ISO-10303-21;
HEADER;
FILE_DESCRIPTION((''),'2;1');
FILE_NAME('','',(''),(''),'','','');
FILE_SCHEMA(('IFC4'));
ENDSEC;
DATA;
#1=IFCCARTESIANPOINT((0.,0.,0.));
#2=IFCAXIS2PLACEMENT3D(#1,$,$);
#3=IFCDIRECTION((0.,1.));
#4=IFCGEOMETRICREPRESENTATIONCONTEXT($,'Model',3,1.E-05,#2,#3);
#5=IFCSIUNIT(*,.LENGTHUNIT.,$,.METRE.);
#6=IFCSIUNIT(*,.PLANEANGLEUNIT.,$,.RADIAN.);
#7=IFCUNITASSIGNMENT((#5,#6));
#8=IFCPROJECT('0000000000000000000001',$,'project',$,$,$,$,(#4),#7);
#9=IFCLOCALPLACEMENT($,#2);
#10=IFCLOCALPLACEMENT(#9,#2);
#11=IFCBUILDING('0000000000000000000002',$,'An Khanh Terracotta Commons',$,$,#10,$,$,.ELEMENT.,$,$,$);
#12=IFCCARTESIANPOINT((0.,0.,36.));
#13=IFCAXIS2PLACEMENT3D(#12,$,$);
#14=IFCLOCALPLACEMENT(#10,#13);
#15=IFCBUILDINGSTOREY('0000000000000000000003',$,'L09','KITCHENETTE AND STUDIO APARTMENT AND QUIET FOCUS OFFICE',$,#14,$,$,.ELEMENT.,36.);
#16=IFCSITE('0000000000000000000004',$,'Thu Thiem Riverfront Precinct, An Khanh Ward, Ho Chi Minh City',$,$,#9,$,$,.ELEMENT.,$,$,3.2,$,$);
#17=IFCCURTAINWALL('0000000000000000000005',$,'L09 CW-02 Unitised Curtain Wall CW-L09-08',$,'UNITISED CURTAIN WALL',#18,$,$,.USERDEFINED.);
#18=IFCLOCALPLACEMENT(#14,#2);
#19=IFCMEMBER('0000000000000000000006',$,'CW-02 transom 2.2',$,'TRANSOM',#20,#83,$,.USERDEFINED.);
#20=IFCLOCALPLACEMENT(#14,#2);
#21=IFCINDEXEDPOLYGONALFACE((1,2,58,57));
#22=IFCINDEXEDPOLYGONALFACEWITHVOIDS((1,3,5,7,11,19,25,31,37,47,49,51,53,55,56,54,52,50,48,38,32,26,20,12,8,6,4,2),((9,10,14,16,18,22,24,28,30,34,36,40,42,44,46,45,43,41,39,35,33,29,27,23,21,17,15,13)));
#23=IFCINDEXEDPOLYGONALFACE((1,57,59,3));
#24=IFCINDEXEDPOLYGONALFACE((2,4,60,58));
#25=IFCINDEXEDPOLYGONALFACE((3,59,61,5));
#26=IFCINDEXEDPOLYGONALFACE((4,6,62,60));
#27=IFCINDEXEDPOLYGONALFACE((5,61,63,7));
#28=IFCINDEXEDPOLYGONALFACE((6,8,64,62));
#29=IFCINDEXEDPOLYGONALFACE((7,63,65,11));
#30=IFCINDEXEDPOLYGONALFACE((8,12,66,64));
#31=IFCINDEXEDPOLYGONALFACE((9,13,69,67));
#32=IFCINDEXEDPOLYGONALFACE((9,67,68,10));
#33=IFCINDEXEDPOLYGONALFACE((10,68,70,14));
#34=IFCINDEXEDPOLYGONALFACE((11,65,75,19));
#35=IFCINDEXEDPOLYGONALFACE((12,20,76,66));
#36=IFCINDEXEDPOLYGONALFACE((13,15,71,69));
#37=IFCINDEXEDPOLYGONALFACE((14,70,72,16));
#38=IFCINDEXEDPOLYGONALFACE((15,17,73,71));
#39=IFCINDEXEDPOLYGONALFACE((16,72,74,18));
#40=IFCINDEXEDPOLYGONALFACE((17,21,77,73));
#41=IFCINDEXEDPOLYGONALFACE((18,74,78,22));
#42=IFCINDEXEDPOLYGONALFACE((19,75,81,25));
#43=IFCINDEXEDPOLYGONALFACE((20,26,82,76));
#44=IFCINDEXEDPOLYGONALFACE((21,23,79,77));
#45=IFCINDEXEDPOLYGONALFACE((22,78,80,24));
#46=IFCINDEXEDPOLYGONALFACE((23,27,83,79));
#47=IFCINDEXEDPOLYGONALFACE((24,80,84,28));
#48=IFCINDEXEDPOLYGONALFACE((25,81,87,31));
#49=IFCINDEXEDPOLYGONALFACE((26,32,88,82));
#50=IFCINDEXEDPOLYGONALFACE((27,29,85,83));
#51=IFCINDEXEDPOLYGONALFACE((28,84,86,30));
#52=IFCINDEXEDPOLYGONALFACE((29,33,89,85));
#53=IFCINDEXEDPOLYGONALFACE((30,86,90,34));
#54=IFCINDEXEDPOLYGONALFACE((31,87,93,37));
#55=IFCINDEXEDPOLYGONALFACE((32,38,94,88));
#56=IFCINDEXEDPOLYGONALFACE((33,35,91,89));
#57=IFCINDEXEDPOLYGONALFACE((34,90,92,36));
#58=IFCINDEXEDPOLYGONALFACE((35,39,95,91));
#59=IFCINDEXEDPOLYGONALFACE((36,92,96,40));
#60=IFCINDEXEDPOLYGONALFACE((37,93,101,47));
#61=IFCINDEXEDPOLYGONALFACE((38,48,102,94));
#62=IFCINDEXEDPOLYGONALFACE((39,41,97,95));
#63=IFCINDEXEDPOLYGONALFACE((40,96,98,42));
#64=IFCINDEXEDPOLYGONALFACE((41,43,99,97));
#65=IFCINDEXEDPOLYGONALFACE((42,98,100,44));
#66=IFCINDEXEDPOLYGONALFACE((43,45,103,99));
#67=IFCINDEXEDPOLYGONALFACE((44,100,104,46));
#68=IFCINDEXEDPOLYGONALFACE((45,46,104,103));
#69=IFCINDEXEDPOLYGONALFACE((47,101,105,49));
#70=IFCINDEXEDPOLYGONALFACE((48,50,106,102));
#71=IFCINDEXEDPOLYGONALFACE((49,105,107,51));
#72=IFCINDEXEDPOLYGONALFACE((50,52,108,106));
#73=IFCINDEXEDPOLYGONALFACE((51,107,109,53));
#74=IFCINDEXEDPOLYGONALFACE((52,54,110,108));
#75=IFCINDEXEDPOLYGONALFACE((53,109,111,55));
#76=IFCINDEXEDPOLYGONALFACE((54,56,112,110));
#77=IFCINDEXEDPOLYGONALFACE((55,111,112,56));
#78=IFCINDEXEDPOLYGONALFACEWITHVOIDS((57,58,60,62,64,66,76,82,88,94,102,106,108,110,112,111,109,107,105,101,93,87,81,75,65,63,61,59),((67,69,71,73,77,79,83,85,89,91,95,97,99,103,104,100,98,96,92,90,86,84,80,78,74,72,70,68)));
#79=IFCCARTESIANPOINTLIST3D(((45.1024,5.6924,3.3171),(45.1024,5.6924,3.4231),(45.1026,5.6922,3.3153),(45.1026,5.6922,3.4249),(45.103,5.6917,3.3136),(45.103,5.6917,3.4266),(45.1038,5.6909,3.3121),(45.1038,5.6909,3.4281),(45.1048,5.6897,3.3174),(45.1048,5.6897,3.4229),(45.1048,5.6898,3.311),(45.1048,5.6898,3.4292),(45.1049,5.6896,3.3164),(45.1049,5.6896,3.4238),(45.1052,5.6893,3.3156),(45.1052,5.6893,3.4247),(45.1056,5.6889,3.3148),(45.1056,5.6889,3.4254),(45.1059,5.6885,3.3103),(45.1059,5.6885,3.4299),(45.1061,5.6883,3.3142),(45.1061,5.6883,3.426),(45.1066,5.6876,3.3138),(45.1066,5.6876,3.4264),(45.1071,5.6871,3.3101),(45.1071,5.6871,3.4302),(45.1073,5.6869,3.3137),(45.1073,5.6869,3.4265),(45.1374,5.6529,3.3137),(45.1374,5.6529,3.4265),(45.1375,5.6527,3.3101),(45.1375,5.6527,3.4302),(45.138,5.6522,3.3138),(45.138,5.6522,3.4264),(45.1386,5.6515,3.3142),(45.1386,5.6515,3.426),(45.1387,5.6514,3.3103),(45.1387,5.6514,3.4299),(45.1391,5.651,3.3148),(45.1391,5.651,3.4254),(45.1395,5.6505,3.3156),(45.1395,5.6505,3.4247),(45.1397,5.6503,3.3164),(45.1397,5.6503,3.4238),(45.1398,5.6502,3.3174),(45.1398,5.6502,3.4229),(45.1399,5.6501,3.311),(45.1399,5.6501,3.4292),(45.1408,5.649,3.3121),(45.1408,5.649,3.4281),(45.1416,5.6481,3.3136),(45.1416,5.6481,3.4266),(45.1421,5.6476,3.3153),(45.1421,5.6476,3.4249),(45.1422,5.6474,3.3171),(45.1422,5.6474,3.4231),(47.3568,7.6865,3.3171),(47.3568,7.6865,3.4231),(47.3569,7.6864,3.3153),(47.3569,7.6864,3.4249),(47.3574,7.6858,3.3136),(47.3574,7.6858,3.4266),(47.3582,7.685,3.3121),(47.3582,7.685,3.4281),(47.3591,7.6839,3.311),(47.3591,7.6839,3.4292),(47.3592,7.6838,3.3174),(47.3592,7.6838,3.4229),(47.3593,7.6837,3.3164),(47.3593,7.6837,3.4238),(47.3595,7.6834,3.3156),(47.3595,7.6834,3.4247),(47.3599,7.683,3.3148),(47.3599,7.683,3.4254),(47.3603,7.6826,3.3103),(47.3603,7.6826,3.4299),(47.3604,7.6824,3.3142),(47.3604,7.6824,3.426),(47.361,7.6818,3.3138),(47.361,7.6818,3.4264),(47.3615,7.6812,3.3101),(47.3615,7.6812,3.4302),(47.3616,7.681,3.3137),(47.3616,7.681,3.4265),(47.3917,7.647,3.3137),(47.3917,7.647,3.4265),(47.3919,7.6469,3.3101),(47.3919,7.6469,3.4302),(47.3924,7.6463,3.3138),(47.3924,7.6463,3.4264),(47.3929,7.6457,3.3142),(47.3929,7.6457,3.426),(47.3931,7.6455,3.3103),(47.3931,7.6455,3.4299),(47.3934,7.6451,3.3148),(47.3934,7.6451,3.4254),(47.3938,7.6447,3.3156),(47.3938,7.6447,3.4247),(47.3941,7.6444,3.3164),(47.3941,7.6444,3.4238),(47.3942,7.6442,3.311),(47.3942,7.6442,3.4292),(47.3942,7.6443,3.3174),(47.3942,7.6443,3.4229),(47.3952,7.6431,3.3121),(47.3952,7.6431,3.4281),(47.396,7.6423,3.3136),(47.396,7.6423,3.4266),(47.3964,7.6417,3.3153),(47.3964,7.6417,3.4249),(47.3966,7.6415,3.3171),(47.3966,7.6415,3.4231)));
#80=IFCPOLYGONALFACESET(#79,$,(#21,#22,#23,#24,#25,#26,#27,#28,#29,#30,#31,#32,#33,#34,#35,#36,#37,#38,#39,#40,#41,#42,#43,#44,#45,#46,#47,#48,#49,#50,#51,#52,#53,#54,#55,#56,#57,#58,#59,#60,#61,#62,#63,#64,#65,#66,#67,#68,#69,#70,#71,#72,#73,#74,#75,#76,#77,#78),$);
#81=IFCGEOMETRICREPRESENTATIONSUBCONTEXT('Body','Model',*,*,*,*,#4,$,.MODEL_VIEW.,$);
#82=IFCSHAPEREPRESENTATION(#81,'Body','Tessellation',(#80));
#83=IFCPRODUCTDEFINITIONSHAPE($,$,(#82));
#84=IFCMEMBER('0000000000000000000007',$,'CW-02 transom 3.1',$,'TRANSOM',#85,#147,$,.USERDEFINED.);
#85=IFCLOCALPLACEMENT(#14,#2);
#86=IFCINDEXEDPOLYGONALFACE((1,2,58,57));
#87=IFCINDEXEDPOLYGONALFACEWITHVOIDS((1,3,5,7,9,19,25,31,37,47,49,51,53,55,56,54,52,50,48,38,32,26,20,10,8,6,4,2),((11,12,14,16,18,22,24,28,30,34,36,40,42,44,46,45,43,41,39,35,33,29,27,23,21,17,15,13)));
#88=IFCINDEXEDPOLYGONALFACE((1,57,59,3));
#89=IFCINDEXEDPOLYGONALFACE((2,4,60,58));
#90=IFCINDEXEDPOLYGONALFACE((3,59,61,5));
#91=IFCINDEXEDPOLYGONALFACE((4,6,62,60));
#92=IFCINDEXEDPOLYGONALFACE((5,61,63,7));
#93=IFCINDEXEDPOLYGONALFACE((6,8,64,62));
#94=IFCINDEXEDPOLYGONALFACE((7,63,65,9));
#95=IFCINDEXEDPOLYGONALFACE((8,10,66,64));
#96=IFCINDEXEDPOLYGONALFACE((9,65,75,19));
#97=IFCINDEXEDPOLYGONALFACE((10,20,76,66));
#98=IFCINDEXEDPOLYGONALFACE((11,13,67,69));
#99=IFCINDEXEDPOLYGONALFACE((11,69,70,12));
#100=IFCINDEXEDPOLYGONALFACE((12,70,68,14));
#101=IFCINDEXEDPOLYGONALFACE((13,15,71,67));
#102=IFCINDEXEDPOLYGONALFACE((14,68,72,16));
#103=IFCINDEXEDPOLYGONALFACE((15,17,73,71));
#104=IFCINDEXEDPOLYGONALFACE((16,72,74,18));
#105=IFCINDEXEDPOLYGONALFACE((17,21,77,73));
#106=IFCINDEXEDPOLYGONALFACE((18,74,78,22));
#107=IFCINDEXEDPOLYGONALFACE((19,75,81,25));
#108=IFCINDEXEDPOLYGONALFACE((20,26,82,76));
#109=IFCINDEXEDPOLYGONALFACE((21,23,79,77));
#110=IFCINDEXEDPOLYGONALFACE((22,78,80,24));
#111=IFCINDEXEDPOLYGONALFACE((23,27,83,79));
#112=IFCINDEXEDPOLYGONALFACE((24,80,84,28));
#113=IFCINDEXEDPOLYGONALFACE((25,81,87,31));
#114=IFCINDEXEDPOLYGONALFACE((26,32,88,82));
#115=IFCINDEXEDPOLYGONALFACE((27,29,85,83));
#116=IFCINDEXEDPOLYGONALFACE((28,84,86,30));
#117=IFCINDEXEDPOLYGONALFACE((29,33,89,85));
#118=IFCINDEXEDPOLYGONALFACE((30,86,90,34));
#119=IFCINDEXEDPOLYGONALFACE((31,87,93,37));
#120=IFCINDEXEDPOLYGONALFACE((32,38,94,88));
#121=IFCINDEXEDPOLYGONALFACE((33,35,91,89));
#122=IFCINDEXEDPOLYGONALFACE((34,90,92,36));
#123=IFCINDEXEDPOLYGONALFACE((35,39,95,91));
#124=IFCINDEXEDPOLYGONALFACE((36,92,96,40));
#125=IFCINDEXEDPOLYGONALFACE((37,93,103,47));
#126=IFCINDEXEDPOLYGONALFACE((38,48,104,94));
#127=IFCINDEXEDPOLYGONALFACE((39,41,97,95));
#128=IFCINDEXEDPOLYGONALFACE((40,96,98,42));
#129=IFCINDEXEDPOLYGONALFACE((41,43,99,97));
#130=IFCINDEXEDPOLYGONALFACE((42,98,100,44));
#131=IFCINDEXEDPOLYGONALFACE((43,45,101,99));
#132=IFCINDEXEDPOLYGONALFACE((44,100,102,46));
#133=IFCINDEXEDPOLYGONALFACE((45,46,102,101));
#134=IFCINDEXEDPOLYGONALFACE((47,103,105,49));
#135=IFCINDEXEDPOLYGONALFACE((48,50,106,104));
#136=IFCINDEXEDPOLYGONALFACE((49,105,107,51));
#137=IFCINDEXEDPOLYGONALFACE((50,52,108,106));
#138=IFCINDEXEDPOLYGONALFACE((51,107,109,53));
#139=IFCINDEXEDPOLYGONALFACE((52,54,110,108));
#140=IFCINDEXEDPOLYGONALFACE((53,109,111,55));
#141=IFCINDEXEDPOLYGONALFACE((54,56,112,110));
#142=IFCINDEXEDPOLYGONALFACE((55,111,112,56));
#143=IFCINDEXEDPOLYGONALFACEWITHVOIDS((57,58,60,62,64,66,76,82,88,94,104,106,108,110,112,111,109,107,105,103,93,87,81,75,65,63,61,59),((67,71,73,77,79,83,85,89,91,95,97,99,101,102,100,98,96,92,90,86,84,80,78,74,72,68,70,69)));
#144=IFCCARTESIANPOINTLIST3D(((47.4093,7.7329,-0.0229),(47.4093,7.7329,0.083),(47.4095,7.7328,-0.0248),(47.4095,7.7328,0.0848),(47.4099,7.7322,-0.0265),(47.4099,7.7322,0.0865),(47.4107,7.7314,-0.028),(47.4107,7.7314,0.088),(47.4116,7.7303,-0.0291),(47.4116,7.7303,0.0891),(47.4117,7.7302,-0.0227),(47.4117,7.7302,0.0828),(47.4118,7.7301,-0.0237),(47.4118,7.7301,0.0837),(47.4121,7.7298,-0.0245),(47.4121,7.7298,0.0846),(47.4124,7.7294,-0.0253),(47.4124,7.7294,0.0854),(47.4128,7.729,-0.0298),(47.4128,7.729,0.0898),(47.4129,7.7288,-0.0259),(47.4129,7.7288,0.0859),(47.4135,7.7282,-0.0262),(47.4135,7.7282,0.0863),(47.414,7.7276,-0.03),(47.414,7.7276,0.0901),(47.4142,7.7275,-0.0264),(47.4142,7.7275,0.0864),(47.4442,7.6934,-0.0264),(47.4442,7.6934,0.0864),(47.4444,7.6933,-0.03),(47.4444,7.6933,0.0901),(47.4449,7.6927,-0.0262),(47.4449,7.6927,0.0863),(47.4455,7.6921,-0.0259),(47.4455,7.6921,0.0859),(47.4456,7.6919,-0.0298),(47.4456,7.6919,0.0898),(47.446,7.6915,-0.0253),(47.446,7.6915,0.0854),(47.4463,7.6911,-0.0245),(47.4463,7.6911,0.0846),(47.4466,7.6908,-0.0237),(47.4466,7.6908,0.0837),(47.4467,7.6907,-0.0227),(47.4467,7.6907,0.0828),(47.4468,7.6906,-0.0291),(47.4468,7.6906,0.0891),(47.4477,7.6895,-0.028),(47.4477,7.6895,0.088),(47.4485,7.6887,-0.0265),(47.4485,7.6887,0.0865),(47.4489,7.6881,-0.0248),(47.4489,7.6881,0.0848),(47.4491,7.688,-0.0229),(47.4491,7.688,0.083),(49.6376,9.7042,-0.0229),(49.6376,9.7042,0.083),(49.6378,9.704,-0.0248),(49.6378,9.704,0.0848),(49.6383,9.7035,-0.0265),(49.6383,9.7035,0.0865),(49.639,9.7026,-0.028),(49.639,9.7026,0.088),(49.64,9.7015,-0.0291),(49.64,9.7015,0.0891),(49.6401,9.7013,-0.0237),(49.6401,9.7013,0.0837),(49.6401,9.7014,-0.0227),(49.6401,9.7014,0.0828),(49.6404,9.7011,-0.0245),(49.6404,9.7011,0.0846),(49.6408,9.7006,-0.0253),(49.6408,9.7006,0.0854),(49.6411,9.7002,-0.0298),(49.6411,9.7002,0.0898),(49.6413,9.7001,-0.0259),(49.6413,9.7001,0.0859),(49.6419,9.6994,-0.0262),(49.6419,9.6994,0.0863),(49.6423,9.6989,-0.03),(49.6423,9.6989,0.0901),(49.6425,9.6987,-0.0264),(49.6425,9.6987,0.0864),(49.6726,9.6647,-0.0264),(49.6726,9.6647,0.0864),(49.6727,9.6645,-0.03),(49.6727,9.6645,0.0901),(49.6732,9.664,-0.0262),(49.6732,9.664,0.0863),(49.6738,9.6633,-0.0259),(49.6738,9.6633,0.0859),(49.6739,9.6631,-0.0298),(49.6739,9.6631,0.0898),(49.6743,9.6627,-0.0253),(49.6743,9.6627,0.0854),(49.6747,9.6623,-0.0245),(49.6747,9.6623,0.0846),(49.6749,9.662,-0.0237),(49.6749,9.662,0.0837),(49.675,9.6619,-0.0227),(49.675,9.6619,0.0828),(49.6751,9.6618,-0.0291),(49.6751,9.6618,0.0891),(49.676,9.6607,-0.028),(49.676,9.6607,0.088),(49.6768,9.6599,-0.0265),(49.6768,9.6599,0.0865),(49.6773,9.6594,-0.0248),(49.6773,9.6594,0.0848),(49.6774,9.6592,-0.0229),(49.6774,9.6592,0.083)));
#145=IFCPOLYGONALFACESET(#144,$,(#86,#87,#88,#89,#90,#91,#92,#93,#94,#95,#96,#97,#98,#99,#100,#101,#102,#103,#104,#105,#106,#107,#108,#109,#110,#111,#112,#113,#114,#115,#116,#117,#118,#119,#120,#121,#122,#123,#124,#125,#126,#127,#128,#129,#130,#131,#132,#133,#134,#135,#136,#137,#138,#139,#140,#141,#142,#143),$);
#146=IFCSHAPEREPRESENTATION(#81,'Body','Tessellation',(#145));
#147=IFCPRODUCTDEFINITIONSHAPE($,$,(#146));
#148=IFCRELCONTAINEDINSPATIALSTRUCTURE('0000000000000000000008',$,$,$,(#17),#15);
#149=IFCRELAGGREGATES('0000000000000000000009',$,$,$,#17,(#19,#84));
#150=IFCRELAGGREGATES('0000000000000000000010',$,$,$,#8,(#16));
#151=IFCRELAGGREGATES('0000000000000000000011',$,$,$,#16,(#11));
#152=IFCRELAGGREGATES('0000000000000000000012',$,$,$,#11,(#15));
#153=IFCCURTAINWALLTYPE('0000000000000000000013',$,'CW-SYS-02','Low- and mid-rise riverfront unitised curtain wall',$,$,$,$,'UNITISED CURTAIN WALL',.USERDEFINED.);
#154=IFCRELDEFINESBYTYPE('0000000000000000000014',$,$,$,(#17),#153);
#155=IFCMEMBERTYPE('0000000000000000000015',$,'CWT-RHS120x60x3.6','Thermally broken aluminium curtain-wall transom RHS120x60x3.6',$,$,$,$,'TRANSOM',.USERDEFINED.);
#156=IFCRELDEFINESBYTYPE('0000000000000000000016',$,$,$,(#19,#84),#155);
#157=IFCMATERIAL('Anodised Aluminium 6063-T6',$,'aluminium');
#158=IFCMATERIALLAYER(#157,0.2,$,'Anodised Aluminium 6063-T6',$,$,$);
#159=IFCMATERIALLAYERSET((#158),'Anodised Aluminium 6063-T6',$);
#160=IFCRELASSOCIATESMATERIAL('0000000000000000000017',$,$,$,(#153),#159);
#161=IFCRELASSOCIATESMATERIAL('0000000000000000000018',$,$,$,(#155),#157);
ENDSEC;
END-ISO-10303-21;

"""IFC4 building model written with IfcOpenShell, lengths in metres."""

from ifc_helpers import new_model, si_unit, direction, frame, origin, origin_2d, place, context, subcontext, project, spatial, hollow_rectangle, extrude, material, layer, layer_set, material_profile, profile_set, type_object, element, aggregate, save


model = new_model("IFC4")

# Units and contexts
model_context = context("Model", 3, precision=1e-05, world=origin(), true_north=direction((0.0, 1.0)))
body_context = subcontext(model_context, "Body", "Model", "MODEL_VIEW")
ifc_project = project(units=[si_unit("LENGTHUNIT", "METRE"), si_unit("PLANEANGLEUNIT", "RADIAN")], contexts=[model_context])

# Site, building, storey
site_placement = place(None, origin())
site = spatial("IfcSite", under=ifc_project, at=site_placement, Name="Thu Thiem Riverfront Precinct, An Khanh Ward, Ho Chi Minh City", CompositionType="ELEMENT", RefElevation=3.2)
building_placement = place(site_placement, origin())
building = spatial("IfcBuilding", under=site, at=building_placement, Name="An Khanh Terracotta Commons", CompositionType="ELEMENT")
storey_placement = place(building_placement, frame((0.0, 0.0, 36.0)))
storey = spatial("IfcBuildingStorey", under=building, at=storey_placement, Name="L09", Description="KITCHENETTE AND STUDIO APARTMENT AND QUIET FOCUS OFFICE", CompositionType="ELEMENT", Elevation=36.0)

# Curtain wall, members
ifc_material_1 = material(Name="Anodised Aluminium 6063-T6", Category="aluminium")
ifc_layer_1 = layer(ifc_material_1, 0.2, Name="Anodised Aluminium 6063-T6")
ifc_layer_set_1 = layer_set([ifc_layer_1], Name="Anodised Aluminium 6063-T6")
curtain_wall_type = type_object("IfcCurtainWallType", Name="CW-SYS-02", Description="Low- and mid-rise riverfront unitised curtain wall", ElementType="UNITISED CURTAIN WALL", PredefinedType="USERDEFINED", material=ifc_layer_set_1)
curtain_wall_placement = place(storey_placement, origin())
curtain_wall = element("IfcCurtainWall", 1, at=curtain_wall_placement, inside=storey, type_object=curtain_wall_type, Name="L09 CW-02 Unitised Curtain Wall CW-L09-08", ObjectType="UNITISED CURTAIN WALL", PredefinedType="USERDEFINED")
ifc_material_profile_1 = material_profile(ifc_material_1, hollow_rectangle(XDim=0.0601, YDim=0.1201, WallThickness=0.0037, InnerFilletRadius=0.0037, OuterFilletRadius=0.0071, at=origin_2d()), Name="RHS120x60x3.6")
ifc_profile_set_1 = profile_set([ifc_material_profile_1], Name="Anodised Aluminium 6063-T6")
member_type_1 = type_object("IfcMemberType", Name="CWT-RHS120x60x3.6", Description="Thermally broken aluminium curtain-wall transom RHS120x60x3.6", ElementType="TRANSOM", PredefinedType="USERDEFINED", material=ifc_profile_set_1)
member_1_placement = place(storey_placement, frame((45.1223, 5.6699, 3.3701), z_axis=(0.749018, 0.662549, 0.0), x_axis=(-0.662549, 0.749018, 0.0)))
member_1 = element("IfcMember", 2, at=member_1_placement, type_object=member_type_1, Name="CW-02 transom 2.2", ObjectType="TRANSOM", PredefinedType="USERDEFINED", context=body_context, shape_type="SweptSolid", body=[
    extrude(hollow_rectangle(XDim=0.0601, YDim=0.1201, WallThickness=0.0037, InnerFilletRadius=0.0037, OuterFilletRadius=0.0071, at=origin_2d()), origin(), (0.0, 0.0, 1.0), 3.0098),
])
member_2_placement = place(storey_placement, frame((47.4292, 7.7104, 0.03), z_axis=(0.748992, 0.662579, 0.0), x_axis=(-0.662579, 0.748992, 0.0)))
member_2 = element("IfcMember", 3, at=member_2_placement, type_object=member_type_1, Name="CW-02 transom 3.1", ObjectType="TRANSOM", PredefinedType="USERDEFINED", context=body_context, shape_type="SweptSolid", body=[
    extrude(hollow_rectangle(XDim=0.0601, YDim=0.1201, WallThickness=0.0037, InnerFilletRadius=0.0037, OuterFilletRadius=0.0071, at=origin_2d()), origin(), (0.0, 0.0, 1.0), 2.9751),
])
aggregate(curtain_wall, [member_1, member_2])

save(model, "model.ifc")
